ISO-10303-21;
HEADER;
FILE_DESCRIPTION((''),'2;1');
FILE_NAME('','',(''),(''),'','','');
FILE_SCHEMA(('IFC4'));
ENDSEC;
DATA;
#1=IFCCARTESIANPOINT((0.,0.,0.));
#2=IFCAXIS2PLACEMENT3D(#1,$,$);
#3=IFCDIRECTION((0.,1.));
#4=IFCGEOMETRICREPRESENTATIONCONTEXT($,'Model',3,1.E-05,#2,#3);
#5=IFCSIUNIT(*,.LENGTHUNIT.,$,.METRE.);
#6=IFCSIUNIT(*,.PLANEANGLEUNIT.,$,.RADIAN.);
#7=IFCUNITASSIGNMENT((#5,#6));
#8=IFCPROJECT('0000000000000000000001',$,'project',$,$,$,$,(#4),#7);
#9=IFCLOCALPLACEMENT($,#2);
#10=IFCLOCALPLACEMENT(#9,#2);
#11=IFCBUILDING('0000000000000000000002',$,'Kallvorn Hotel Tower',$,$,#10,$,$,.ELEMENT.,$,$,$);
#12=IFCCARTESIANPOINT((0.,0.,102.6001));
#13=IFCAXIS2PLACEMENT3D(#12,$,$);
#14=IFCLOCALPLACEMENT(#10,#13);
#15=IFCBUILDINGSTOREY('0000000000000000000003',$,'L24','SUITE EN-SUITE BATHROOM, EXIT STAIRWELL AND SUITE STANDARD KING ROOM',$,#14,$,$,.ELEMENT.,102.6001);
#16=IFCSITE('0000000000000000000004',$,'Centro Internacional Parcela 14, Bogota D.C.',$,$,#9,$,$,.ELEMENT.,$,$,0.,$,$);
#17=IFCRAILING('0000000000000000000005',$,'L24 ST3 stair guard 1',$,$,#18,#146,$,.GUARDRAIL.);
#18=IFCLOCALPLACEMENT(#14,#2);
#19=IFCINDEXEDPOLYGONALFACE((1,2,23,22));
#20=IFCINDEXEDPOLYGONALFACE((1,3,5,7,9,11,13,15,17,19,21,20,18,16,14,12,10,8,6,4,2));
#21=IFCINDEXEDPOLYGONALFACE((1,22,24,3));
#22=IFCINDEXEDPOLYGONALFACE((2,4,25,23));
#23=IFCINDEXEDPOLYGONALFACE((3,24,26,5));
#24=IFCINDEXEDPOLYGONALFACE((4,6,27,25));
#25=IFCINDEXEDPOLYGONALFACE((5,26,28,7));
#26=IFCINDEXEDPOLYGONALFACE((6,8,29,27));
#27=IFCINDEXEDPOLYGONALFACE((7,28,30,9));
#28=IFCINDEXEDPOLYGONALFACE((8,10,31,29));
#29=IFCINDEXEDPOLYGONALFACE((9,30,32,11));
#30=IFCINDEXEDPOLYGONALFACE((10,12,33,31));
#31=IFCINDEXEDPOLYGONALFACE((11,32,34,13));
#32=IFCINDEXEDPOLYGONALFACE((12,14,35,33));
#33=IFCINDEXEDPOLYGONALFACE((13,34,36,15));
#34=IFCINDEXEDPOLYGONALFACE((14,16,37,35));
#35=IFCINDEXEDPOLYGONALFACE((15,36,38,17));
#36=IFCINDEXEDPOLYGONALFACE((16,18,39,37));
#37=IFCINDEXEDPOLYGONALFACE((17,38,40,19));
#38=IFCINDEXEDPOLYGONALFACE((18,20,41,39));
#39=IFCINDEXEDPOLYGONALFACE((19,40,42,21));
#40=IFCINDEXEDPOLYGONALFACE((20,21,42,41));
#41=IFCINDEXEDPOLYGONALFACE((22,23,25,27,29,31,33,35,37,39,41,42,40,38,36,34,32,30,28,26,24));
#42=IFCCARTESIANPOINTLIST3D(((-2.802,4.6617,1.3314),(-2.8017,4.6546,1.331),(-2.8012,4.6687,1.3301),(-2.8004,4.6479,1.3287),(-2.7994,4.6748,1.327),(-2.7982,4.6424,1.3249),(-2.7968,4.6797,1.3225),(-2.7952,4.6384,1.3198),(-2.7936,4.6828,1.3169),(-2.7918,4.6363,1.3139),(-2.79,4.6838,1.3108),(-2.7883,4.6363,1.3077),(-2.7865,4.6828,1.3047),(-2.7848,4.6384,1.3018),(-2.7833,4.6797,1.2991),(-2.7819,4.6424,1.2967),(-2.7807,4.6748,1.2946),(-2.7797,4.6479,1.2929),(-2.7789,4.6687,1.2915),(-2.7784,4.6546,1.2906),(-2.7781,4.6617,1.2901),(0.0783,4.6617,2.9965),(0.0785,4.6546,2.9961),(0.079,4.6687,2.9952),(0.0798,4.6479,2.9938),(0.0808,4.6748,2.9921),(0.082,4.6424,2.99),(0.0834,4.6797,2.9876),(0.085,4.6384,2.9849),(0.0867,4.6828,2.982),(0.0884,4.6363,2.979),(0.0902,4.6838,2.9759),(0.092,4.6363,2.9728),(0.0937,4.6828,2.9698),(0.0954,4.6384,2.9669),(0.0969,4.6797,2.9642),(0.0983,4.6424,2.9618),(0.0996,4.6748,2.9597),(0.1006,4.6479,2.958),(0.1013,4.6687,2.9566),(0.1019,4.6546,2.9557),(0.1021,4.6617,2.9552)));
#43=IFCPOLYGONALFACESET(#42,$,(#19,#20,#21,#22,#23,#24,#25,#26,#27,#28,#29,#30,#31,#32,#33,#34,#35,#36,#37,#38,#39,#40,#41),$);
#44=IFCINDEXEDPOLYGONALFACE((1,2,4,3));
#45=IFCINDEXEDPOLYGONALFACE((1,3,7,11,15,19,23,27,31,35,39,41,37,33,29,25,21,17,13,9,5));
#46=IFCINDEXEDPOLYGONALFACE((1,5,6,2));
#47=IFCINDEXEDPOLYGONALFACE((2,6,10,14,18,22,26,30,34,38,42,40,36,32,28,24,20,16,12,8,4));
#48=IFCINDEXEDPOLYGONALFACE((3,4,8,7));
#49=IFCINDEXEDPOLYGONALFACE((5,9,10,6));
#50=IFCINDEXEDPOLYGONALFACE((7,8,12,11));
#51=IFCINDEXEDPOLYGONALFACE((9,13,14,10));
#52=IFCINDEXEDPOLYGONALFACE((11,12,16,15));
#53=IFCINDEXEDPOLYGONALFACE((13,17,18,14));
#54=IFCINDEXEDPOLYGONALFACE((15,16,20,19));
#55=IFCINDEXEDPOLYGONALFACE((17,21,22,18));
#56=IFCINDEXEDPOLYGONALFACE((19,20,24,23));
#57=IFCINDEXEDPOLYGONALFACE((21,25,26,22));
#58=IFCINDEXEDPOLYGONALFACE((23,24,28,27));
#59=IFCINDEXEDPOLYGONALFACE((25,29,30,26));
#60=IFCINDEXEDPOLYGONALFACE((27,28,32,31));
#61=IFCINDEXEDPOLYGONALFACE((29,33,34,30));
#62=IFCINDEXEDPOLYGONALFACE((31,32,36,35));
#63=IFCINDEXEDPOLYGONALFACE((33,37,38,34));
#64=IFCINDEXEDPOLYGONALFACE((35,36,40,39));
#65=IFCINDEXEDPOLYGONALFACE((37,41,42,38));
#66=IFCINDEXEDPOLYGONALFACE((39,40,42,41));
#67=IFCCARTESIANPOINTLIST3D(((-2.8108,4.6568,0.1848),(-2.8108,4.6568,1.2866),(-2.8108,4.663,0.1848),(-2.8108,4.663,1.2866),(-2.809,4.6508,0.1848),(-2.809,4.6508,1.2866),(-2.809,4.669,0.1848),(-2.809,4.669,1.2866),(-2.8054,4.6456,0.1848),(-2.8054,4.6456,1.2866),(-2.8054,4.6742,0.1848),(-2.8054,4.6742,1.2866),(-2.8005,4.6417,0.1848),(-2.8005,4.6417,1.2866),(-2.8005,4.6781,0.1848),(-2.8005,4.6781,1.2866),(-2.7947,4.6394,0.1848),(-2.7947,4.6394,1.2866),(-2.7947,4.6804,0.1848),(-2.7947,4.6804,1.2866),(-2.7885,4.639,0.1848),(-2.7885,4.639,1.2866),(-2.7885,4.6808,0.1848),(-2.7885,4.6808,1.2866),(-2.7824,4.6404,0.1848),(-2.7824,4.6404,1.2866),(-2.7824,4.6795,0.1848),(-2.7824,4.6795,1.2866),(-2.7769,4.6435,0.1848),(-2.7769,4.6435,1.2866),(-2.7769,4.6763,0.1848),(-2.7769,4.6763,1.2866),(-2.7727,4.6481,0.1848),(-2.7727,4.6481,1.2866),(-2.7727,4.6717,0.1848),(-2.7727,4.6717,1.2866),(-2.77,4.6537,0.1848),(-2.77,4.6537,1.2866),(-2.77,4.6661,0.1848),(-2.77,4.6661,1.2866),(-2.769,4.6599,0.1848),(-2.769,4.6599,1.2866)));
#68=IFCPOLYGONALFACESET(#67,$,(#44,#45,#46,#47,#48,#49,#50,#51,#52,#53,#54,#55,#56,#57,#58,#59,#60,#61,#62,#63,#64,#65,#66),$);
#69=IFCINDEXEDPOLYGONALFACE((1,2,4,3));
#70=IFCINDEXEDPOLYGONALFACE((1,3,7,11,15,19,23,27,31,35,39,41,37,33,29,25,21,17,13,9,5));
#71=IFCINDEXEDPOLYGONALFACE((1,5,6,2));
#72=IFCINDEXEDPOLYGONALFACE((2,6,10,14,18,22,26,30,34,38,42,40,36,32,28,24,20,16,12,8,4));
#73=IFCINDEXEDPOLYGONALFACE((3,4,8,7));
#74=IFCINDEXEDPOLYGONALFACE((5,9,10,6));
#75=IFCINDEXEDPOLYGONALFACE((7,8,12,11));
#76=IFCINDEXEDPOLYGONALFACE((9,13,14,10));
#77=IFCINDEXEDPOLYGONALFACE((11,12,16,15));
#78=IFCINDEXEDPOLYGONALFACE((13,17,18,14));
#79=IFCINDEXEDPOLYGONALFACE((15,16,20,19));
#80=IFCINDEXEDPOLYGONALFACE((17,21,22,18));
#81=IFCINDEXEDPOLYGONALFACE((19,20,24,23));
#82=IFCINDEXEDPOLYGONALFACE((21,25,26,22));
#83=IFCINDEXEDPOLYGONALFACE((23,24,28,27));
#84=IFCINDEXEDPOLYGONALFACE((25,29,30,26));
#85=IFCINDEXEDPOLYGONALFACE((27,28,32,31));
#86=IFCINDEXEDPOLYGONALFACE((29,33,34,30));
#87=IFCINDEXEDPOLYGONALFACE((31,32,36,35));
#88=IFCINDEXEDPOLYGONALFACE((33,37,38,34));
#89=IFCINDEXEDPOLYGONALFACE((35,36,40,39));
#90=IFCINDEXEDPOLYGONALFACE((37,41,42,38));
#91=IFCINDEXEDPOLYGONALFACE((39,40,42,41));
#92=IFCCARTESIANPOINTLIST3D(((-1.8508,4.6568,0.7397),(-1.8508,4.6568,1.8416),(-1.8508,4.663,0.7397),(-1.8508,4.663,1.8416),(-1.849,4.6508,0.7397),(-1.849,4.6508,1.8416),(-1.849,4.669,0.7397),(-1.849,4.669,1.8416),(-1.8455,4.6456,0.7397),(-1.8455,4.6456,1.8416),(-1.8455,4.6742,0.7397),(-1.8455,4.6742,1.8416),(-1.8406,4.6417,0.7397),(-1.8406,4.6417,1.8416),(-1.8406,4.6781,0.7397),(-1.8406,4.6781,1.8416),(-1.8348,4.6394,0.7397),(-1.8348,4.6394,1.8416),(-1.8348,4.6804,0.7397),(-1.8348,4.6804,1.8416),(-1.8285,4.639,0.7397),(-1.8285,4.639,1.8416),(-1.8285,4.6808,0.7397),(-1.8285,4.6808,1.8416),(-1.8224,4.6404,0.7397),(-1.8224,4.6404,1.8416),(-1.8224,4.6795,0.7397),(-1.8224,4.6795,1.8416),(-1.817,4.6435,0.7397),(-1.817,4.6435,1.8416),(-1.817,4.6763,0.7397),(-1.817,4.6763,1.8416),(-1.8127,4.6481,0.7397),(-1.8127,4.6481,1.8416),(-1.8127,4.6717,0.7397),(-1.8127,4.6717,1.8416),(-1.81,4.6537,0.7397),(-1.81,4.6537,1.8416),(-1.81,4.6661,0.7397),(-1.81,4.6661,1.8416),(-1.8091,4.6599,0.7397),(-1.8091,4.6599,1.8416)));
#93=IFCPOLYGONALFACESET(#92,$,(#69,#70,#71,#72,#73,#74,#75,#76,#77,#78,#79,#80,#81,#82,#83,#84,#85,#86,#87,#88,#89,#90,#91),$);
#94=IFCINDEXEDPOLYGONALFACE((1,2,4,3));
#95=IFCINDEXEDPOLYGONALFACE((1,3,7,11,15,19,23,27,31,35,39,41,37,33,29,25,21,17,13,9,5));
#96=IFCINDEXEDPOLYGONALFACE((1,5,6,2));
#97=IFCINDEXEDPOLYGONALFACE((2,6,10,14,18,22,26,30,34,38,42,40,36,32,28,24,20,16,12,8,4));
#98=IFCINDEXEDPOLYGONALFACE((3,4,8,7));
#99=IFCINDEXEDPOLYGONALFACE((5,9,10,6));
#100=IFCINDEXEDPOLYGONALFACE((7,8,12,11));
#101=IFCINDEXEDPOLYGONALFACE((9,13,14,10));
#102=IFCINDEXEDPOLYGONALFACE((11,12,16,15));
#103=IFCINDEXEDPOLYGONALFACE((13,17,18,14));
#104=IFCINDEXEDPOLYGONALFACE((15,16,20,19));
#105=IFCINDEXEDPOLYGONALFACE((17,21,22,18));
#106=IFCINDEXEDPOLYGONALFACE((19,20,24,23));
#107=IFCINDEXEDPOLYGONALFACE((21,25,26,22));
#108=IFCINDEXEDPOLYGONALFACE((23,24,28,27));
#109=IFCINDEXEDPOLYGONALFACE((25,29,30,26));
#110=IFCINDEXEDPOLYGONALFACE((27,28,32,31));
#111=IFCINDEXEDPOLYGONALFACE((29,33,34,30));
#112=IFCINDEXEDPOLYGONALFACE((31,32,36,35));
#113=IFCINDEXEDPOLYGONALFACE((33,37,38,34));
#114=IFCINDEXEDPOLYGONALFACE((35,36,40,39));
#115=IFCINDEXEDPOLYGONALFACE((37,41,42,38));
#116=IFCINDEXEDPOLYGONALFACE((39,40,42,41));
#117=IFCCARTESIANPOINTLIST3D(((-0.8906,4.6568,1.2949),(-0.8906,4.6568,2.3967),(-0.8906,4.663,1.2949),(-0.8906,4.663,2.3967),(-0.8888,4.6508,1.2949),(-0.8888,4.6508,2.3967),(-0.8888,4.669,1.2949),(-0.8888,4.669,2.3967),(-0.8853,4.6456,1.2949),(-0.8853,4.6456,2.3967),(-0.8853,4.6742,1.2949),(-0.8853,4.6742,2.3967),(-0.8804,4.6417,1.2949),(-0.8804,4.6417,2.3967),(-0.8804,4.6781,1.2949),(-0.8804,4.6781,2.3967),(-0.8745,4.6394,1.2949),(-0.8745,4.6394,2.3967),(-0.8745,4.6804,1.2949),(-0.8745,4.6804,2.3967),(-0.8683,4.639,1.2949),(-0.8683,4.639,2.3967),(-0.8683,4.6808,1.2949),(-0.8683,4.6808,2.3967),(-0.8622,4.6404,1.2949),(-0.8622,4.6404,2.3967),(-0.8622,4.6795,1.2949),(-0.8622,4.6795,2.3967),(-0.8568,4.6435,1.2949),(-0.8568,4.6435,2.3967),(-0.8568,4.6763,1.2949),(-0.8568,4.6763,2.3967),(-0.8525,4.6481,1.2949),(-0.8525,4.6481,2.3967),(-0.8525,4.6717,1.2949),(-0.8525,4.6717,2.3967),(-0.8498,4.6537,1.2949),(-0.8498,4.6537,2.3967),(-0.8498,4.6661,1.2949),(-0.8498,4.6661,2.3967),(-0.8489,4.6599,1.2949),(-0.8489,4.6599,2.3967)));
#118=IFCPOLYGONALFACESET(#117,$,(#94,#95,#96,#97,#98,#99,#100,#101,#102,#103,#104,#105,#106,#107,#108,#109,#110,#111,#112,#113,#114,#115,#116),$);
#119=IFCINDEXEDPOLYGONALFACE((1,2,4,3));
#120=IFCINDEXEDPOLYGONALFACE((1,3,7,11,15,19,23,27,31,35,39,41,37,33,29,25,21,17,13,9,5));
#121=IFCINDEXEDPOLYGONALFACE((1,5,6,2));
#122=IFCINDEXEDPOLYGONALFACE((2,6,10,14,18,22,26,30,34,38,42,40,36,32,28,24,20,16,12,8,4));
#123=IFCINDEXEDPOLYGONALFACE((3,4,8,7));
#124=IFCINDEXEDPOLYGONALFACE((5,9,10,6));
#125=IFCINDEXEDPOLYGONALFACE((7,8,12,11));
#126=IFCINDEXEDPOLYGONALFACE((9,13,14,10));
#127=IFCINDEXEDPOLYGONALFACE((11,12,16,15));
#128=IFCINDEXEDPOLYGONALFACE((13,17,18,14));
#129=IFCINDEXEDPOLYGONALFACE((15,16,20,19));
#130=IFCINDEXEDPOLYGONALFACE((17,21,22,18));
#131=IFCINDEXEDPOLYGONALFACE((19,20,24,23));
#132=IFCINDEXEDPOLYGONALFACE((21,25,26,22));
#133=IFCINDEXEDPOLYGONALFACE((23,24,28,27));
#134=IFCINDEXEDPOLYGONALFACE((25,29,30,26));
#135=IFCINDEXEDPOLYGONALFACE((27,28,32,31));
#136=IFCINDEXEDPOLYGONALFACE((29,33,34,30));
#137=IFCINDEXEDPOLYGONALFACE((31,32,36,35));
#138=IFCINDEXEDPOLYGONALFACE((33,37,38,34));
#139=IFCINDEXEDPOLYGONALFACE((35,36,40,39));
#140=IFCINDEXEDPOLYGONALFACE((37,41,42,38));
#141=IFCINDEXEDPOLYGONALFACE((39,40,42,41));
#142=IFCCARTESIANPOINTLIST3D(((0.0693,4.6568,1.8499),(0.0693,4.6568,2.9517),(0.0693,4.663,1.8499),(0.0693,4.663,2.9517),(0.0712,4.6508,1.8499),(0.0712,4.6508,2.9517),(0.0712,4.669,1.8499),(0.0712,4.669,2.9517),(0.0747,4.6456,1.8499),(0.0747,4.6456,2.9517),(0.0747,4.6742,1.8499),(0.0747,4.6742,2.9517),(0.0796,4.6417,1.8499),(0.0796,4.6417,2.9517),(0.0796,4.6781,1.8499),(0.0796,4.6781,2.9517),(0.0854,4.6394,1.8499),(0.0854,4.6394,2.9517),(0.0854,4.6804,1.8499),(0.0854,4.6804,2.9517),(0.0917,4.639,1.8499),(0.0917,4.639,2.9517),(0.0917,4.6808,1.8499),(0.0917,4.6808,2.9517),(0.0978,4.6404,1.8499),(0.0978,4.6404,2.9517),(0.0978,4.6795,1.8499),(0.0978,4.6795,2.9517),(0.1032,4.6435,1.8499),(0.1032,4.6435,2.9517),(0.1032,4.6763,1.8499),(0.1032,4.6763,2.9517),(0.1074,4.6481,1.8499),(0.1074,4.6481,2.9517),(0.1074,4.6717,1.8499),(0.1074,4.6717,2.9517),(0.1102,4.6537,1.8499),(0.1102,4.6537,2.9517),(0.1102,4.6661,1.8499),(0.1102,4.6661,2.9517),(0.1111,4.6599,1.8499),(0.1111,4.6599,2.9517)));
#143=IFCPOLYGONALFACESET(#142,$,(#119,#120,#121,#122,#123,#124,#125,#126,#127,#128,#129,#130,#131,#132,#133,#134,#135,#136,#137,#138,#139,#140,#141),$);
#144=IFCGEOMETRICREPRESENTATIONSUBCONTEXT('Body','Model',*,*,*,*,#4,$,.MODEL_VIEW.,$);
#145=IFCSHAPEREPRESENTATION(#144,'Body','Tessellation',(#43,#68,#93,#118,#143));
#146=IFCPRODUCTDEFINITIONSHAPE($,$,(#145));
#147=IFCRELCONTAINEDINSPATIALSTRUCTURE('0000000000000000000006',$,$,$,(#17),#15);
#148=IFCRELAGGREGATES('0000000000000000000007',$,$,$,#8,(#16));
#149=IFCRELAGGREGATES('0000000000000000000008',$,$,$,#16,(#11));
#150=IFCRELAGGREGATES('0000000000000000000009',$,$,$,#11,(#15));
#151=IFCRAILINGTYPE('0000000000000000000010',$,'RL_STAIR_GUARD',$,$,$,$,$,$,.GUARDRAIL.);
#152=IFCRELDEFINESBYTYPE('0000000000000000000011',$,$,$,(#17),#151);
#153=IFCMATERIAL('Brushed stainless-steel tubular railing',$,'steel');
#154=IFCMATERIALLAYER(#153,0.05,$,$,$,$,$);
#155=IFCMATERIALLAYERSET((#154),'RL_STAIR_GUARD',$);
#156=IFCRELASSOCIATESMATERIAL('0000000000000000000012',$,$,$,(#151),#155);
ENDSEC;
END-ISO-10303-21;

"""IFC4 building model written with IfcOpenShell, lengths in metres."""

from ifc_helpers import new_model, si_unit, direction, frame, origin, origin_2d, place, context, subcontext, project, spatial, circle, extrude, material, layer, layer_set, type_object, element, save


model = new_model("IFC4")

# Units and contexts
model_context = context("Model", 3, precision=1e-05, world=origin(), true_north=direction((0.0, 1.0)))
body_context = subcontext(model_context, "Body", "Model", "MODEL_VIEW")
ifc_project = project(units=[si_unit("LENGTHUNIT", "METRE"), si_unit("PLANEANGLEUNIT", "RADIAN")], contexts=[model_context])

# Site, building, storey
site_placement = place(None, origin())
site = spatial("IfcSite", under=ifc_project, at=site_placement, Name="Centro Internacional Parcela 14, Bogota D.C.", CompositionType="ELEMENT", RefElevation=0.0)
building_placement = place(site_placement, origin())
building = spatial("IfcBuilding", under=site, at=building_placement, Name="Kallvorn Hotel Tower", CompositionType="ELEMENT")
storey_placement = place(building_placement, frame((0.0, 0.0, 102.6001)))
storey = spatial("IfcBuildingStorey", under=building, at=storey_placement, Name="L24", Description="SUITE EN-SUITE BATHROOM, EXIT STAIRWELL AND SUITE STANDARD KING ROOM", CompositionType="ELEMENT", Elevation=102.6001)

# Railing
ifc_material_1 = material(Name="Brushed stainless-steel tubular railing", Category="steel")
ifc_layer_1 = layer(ifc_material_1, 0.05)
ifc_layer_set_1 = layer_set([ifc_layer_1], Name="RL_STAIR_GUARD")
railing_type_1 = type_object("IfcRailingType", Name="RL_STAIR_GUARD", PredefinedType="GUARDRAIL", material=ifc_layer_set_1)
railing_1_placement = place(storey_placement, frame((-2.79, 4.6599, 0.1848)))
element("IfcRailing", 1, at=railing_1_placement, inside=storey, type_object=railing_type_1, Name="L24 ST3 stair guard 1", PredefinedType="GUARDRAIL", context=body_context, shape_type="SweptSolid", body=[
    extrude(circle(Radius=0.0239, at=origin_2d()), frame((0.0, 0.0, 1.126), z_axis=(0.865739, 0.0, 0.500495), x_axis=(0.0, 1.0, 0.0)), (0.0, 0.0, 1.0), 3.3269),
    extrude(circle(Radius=0.021, at=origin_2d()), origin(), (0.0, 0.0, 1.0), 1.1018),
    extrude(circle(Radius=0.021, at=origin_2d()), frame((0.96, 0.0, 0.5549)), (0.0, 0.0, 1.0), 1.1018),
    extrude(circle(Radius=0.021, at=origin_2d()), frame((1.9202, 0.0, 1.1101)), (0.0, 0.0, 1.0), 1.1018),
    extrude(circle(Radius=0.021, at=origin_2d()), frame((2.8801, 0.0, 1.665)), (0.0, 0.0, 1.0), 1.1018),
])

save(model, "model.ifc")
